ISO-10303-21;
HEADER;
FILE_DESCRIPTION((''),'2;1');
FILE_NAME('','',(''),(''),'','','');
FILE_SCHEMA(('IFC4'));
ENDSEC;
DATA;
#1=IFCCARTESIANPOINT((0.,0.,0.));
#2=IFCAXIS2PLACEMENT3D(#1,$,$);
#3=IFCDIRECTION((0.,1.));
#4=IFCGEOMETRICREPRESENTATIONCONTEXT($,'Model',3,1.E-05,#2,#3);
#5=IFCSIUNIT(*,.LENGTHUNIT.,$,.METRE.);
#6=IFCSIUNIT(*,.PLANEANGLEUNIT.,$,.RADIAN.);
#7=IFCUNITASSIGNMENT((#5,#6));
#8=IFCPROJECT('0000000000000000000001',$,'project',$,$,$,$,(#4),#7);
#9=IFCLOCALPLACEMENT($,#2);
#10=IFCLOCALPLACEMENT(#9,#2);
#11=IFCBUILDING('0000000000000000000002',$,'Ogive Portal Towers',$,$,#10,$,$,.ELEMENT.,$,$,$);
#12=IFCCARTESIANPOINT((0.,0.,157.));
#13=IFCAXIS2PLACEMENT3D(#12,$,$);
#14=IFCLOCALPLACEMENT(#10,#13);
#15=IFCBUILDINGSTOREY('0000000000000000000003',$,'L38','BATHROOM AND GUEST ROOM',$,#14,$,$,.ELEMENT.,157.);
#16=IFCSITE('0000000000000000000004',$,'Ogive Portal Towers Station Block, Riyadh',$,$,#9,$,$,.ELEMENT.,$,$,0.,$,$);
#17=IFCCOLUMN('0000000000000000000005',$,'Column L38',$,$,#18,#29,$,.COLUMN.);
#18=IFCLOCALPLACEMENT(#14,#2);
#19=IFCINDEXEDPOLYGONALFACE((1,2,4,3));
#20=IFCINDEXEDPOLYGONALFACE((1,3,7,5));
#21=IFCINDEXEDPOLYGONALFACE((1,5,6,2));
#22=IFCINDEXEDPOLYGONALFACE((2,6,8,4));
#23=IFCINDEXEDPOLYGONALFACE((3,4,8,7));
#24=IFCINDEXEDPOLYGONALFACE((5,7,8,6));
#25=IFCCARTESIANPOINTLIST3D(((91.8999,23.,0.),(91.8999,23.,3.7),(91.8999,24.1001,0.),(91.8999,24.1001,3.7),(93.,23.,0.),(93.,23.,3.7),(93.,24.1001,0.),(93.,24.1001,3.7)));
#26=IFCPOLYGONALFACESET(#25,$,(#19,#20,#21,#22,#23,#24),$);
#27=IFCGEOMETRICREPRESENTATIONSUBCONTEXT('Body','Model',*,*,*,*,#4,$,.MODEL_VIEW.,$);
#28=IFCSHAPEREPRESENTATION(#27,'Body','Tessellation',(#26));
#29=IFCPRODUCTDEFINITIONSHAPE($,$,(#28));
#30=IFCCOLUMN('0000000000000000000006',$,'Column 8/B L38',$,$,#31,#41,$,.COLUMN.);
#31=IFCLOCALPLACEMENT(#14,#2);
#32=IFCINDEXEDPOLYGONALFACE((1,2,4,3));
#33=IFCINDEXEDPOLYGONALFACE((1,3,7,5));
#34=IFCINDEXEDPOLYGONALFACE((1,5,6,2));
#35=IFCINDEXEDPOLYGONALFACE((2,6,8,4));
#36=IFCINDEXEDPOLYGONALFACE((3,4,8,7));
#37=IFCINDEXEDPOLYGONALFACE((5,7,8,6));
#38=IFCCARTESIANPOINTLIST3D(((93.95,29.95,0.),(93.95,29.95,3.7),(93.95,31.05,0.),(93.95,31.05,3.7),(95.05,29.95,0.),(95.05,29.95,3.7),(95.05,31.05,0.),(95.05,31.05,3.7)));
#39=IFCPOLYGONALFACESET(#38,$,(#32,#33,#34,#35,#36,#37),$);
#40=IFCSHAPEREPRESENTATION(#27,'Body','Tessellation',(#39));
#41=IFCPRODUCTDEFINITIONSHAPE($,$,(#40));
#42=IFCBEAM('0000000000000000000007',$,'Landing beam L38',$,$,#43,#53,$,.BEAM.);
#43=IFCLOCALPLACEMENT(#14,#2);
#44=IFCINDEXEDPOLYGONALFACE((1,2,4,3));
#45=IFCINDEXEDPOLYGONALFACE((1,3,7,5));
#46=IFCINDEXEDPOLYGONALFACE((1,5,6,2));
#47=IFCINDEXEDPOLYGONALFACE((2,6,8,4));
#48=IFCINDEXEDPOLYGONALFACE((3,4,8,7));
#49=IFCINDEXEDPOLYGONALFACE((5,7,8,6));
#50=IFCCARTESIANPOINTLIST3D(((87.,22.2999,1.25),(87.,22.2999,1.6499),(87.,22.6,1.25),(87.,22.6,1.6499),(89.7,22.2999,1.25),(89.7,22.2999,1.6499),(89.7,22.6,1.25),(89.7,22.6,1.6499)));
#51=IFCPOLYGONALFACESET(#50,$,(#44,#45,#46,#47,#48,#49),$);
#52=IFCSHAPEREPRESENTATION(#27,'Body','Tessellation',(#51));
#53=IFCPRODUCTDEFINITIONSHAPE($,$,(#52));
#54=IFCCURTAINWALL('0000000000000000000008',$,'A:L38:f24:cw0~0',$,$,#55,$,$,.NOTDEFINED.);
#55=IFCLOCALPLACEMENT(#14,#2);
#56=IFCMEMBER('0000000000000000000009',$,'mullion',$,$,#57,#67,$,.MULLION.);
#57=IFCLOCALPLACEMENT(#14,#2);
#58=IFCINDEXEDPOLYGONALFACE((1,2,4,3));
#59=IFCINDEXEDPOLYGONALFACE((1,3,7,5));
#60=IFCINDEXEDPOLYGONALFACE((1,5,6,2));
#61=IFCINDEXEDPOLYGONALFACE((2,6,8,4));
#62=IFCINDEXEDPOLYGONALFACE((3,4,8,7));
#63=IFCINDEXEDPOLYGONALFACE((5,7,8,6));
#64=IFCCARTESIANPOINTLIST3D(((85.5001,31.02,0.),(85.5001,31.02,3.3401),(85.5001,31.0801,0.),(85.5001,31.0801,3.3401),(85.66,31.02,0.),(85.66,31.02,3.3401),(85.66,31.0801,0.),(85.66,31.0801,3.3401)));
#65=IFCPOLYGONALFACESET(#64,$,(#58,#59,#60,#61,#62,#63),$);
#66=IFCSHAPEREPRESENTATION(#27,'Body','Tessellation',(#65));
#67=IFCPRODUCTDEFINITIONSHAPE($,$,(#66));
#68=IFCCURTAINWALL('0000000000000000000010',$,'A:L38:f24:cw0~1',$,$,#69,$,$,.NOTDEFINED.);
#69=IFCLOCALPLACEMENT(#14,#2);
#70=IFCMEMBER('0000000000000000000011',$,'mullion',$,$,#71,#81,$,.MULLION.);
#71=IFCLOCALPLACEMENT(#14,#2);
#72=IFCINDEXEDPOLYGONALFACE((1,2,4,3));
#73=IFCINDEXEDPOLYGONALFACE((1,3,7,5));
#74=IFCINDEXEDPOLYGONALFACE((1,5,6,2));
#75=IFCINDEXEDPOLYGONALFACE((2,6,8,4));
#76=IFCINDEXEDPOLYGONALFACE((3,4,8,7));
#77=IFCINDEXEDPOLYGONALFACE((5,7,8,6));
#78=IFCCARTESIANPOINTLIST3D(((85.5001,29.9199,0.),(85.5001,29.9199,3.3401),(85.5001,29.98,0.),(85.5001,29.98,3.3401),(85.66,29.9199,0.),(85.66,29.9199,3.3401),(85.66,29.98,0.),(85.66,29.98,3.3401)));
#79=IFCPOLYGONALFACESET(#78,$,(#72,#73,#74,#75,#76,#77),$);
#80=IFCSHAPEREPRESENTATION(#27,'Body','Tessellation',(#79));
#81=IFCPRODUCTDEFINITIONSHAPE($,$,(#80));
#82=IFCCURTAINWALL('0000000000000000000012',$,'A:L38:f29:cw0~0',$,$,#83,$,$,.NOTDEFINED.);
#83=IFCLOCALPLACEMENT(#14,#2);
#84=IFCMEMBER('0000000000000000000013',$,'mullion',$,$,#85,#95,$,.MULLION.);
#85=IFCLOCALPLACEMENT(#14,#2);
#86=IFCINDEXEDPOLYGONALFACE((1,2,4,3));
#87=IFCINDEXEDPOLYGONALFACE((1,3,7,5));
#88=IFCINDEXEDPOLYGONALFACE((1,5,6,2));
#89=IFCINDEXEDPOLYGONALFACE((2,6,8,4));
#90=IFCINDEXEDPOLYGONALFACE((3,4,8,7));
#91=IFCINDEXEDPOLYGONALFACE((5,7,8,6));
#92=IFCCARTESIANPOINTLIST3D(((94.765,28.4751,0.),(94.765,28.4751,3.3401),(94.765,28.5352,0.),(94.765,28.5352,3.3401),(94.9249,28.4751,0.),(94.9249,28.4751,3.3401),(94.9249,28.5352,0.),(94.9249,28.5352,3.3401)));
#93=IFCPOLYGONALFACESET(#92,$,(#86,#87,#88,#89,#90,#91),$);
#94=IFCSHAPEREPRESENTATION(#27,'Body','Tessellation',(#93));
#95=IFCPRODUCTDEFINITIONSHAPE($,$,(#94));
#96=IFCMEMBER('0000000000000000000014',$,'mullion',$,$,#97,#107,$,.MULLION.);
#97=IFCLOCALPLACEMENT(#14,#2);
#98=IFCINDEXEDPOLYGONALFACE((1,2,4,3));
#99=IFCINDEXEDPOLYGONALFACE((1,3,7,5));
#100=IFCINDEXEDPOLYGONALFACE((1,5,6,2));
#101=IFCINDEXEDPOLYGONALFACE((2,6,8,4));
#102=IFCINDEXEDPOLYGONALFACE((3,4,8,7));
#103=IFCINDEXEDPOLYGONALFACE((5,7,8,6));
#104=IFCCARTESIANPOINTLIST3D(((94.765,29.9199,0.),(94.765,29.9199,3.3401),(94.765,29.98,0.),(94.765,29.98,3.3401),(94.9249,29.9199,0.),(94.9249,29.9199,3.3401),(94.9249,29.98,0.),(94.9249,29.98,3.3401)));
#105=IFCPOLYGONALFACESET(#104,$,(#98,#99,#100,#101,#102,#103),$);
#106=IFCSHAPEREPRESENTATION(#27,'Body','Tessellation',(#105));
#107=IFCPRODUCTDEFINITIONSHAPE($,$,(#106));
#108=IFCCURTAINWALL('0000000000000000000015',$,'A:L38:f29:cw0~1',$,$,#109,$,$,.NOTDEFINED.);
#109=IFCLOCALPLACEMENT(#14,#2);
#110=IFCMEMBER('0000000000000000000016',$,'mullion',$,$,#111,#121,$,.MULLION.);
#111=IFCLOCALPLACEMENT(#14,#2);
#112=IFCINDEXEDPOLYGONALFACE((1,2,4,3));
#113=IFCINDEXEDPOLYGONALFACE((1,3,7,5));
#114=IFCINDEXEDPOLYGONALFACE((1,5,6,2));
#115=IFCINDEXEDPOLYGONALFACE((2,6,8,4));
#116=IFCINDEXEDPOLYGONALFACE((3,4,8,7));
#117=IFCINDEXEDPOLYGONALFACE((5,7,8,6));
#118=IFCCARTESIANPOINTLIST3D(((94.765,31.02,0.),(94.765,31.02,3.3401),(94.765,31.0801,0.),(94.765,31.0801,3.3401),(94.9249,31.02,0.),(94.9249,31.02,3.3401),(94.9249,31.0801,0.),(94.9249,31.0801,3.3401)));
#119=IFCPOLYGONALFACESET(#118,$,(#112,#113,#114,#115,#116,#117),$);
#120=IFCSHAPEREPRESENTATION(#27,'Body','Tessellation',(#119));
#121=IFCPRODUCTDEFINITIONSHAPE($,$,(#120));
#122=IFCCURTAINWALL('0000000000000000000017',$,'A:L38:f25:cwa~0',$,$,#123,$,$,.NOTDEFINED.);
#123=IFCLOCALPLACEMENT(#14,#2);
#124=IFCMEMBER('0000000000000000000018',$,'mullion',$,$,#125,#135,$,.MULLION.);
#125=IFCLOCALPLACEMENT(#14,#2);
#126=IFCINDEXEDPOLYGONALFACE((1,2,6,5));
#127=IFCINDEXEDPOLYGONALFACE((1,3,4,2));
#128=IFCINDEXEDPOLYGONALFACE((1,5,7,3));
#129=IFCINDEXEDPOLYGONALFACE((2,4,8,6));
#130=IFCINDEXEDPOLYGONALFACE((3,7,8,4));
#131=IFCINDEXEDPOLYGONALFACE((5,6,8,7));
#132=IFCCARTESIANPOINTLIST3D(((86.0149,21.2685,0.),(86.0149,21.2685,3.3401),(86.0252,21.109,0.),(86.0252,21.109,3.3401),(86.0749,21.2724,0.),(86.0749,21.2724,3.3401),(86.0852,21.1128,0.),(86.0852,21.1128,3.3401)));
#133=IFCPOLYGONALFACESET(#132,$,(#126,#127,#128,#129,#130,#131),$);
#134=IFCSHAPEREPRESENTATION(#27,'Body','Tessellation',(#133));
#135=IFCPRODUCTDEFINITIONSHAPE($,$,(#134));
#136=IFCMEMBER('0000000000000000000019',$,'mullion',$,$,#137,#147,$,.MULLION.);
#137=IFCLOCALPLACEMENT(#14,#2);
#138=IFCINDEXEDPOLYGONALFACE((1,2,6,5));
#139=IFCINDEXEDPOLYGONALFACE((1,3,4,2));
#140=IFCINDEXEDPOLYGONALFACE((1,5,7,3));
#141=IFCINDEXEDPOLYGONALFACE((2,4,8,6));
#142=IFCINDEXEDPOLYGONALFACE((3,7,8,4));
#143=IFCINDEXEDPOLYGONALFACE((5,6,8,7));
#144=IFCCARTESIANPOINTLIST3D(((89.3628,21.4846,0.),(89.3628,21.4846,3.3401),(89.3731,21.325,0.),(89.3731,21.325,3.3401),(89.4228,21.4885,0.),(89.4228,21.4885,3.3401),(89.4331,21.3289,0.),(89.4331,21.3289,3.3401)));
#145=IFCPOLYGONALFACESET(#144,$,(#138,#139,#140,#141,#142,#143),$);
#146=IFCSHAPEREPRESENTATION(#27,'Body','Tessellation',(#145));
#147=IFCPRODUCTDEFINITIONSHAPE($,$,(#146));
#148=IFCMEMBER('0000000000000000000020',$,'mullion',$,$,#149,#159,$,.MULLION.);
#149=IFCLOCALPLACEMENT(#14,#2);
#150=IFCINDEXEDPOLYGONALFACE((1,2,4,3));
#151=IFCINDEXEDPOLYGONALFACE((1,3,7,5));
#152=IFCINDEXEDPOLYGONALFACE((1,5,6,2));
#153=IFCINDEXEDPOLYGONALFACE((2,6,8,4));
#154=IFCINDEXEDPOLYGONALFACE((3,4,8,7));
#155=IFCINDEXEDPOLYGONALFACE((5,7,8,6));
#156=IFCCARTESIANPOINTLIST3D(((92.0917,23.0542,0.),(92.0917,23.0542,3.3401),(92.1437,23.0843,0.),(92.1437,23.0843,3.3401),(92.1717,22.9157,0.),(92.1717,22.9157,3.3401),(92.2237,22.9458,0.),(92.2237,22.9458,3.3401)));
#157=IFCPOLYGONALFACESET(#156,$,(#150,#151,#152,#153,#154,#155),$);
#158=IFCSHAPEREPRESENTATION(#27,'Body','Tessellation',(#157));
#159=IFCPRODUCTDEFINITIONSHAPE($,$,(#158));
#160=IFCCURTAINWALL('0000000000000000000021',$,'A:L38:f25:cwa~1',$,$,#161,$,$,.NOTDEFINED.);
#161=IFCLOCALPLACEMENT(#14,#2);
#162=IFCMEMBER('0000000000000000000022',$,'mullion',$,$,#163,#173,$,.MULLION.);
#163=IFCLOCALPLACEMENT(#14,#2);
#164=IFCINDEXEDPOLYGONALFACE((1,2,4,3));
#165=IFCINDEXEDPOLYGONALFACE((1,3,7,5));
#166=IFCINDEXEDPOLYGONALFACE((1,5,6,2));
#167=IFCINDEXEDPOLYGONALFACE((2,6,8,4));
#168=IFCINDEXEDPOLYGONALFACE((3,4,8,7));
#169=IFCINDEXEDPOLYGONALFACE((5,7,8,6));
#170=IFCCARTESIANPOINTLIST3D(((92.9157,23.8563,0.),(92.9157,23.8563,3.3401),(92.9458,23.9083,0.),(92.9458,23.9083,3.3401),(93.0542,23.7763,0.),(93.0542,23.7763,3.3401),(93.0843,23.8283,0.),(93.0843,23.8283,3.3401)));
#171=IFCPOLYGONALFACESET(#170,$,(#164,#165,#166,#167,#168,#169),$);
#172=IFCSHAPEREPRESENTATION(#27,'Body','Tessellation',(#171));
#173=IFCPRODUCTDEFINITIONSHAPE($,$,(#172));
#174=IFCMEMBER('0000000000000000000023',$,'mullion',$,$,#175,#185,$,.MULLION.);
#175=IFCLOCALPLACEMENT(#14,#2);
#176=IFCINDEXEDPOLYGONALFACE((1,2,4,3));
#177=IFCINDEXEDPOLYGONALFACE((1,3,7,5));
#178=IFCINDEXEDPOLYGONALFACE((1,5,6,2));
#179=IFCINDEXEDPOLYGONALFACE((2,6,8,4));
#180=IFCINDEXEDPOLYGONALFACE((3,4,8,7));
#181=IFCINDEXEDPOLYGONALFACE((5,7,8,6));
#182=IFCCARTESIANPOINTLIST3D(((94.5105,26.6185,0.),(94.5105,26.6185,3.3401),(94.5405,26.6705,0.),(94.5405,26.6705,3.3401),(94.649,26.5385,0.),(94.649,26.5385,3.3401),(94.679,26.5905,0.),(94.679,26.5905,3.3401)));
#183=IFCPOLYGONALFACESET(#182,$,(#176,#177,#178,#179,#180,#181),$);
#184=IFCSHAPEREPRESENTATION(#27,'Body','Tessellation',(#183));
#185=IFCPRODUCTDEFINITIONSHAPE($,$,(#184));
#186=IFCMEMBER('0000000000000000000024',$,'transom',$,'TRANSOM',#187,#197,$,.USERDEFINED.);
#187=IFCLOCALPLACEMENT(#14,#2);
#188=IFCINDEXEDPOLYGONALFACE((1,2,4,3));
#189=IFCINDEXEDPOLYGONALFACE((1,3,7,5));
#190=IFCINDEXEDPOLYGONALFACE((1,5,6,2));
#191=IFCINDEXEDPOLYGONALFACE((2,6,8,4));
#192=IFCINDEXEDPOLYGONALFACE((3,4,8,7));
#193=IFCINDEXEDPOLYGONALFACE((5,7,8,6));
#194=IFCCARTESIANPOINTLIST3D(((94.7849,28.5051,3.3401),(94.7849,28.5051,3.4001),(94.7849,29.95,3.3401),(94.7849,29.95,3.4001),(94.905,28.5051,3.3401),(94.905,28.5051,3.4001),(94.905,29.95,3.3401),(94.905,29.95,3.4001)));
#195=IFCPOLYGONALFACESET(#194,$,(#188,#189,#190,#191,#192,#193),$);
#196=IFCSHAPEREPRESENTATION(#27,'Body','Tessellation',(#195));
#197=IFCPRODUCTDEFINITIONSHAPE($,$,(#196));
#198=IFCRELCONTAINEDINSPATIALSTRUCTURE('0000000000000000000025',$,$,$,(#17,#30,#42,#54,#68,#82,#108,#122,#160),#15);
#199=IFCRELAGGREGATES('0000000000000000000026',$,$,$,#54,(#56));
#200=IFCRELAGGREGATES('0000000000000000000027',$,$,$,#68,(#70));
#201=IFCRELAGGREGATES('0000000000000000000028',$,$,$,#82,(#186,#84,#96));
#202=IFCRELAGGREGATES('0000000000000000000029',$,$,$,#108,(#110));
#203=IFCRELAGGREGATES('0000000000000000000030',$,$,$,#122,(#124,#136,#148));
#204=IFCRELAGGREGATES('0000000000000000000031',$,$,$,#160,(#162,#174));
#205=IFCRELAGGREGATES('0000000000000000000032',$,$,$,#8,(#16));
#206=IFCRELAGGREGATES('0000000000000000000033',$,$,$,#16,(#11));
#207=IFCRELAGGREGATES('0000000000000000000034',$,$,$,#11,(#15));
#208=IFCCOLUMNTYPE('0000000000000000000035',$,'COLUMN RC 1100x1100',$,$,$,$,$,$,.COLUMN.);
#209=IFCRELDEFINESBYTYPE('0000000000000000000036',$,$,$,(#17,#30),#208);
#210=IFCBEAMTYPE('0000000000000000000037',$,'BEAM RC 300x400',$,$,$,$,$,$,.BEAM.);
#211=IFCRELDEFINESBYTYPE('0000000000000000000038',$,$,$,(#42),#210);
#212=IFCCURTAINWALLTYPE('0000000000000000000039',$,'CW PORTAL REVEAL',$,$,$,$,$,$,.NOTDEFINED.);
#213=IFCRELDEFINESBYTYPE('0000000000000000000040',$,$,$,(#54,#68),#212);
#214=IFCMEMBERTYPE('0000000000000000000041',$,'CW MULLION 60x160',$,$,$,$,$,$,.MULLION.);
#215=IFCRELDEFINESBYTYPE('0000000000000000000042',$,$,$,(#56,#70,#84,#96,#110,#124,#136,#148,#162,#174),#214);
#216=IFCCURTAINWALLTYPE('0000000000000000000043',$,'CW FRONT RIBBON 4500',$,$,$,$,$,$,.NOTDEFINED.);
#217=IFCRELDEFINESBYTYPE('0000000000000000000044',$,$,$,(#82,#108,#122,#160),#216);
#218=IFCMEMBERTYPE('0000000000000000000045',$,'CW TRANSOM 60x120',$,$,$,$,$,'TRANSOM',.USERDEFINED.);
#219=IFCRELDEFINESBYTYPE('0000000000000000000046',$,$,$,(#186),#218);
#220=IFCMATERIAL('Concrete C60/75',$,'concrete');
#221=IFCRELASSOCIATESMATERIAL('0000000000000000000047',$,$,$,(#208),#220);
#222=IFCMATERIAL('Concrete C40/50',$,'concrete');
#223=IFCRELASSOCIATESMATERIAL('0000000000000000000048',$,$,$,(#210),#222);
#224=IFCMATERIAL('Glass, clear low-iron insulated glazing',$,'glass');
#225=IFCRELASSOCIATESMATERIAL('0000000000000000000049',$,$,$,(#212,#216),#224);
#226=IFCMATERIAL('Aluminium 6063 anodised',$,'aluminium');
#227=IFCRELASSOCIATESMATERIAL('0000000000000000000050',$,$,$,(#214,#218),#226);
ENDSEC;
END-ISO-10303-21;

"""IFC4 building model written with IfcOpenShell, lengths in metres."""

from ifc_helpers import new_model, si_unit, direction, frame, origin, origin_2d, place, context, subcontext, project, spatial, rectangle, extrude, material, material_profile, profile_set, type_object, element, aggregate, save


model = new_model("IFC4")

# Units and contexts
model_context = context("Model", 3, precision=1e-05, world=origin(), true_north=direction((0.0, 1.0)))
body_context = subcontext(model_context, "Body", "Model", "MODEL_VIEW")
ifc_project = project(units=[si_unit("LENGTHUNIT", "METRE"), si_unit("PLANEANGLEUNIT", "RADIAN")], contexts=[model_context])

# Site, building, storey
site_placement = place(None, origin())
site = spatial("IfcSite", under=ifc_project, at=site_placement, Name="Ogive Portal Towers Station Block, Riyadh", CompositionType="ELEMENT", RefElevation=0.0)
building_placement = place(site_placement, origin())
building = spatial("IfcBuilding", under=site, at=building_placement, Name="Ogive Portal Towers", CompositionType="ELEMENT")
storey_placement = place(building_placement, frame((0.0, 0.0, 157.0)))
storey = spatial("IfcBuildingStorey", under=building, at=storey_placement, Name="L38", Description="BATHROOM AND GUEST ROOM", CompositionType="ELEMENT", Elevation=157.0)

# Columns
ifc_material_1 = material(Name="Concrete C60/75", Category="concrete")
ifc_material_profile_1 = material_profile(ifc_material_1, rectangle(XDim=1.1001, YDim=1.1001, at=origin_2d()), Name="RC 1100x1100")
ifc_profile_set_1 = profile_set([ifc_material_profile_1], Name="Concrete C60/75")
column_type = type_object("IfcColumnType", Name="COLUMN RC 1100x1100", PredefinedType="COLUMN", material=ifc_profile_set_1)
for number, where, z_axis, x_axis, name in (
    (1, (92.45, 23.55, 0.0), (0.0, 0.0, 1.0), (1.0, 0.0, 0.0), "Column L38"),
    (2, (94.5, 30.5, 0.0), (0.0, 0.0, 1.0), (1.0, 0.0, 0.0), "Column 8/B L38"),
):
    element("IfcColumn", number, at=place(storey_placement, frame(where, z_axis=z_axis, x_axis=x_axis)), inside=storey, type_object=column_type, Name=name, PredefinedType="COLUMN", context=body_context, shape_type="SweptSolid", body=[
        extrude(rectangle(XDim=1.1001, YDim=1.1001, at=origin_2d()), origin(), (0.0, 0.0, 1.0), 3.7),
    ])

# Beam
ifc_material_2 = material(Name="Concrete C40/50", Category="concrete")
ifc_material_profile_2 = material_profile(ifc_material_2, rectangle(XDim=0.3, YDim=0.3999, at=origin_2d()), Name="RC 300x400")
ifc_profile_set_2 = profile_set([ifc_material_profile_2], Name="Concrete C40/50")
beam_type = type_object("IfcBeamType", Name="BEAM RC 300x400", PredefinedType="BEAM", material=ifc_profile_set_2)
beam_placement = place(storey_placement, frame((87.0, 22.45, 1.45), z_axis=(1.0, 0.0, 0.0), x_axis=(0.0, 1.0, 0.0)))
element("IfcBeam", 3, at=beam_placement, inside=storey, type_object=beam_type, Name="Landing beam L38", PredefinedType="BEAM", context=body_context, shape_type="SweptSolid", body=[
    extrude(rectangle(XDim=0.3, YDim=0.3999, at=origin_2d()), origin(), (0.0, 0.0, 1.0), 2.7),
])

# Curtain walls, members
ifc_material_3 = material(Name="Glass, clear low-iron insulated glazing", Category="glass")
curtain_wall_type_1 = type_object("IfcCurtainWallType", Name="CW PORTAL REVEAL", PredefinedType="NOTDEFINED", material=ifc_material_3)
curtain_wall_1_placement = place(storey_placement, origin())
curtain_wall_1 = element("IfcCurtainWall", 4, at=curtain_wall_1_placement, inside=storey, type_object=curtain_wall_type_1, Name="A:L38:f24:cw0~0", PredefinedType="NOTDEFINED")
ifc_material_4 = material(Name="Aluminium 6063 anodised", Category="aluminium")
ifc_material_profile_3 = material_profile(ifc_material_4, rectangle(XDim=0.1599, YDim=0.0601, at=origin_2d()), Name="AL 60x160")
ifc_profile_set_3 = profile_set([ifc_material_profile_3], Name="Aluminium 6063 anodised")
member_type_1 = type_object("IfcMemberType", Name="CW MULLION 60x160", PredefinedType="MULLION", material=ifc_profile_set_3)
member_1_placement = place(storey_placement, frame((85.5801, 31.05, 0.0), z_axis=(0.0, 0.0, 1.0), x_axis=(1.0, 0.0, 0.0)))
member_1 = element("IfcMember", 5, at=member_1_placement, type_object=member_type_1, Name="mullion", PredefinedType="MULLION", context=body_context, shape_type="SweptSolid", body=[
    extrude(rectangle(XDim=0.1599, YDim=0.0601, at=origin_2d()), origin(), (0.0, 0.0, 1.0), 3.3401),
])
aggregate(curtain_wall_1, [member_1])
curtain_wall_2_placement = place(storey_placement, origin())
curtain_wall_2 = element("IfcCurtainWall", 6, at=curtain_wall_2_placement, inside=storey, type_object=curtain_wall_type_1, Name="A:L38:f24:cw0~1", PredefinedType="NOTDEFINED")
member_2_placement = place(storey_placement, frame((85.5801, 29.95, 0.0), z_axis=(0.0, 0.0, 1.0), x_axis=(1.0, 0.0, 0.0)))
member_2 = element("IfcMember", 7, at=member_2_placement, type_object=member_type_1, Name="mullion", PredefinedType="MULLION", context=body_context, shape_type="SweptSolid", body=[
    extrude(rectangle(XDim=0.1599, YDim=0.0601, at=origin_2d()), origin(), (0.0, 0.0, 1.0), 3.3401),
])
aggregate(curtain_wall_2, [member_2])

# Curtain wall, members
curtain_wall_type_2 = type_object("IfcCurtainWallType", Name="CW FRONT RIBBON 4500", PredefinedType="NOTDEFINED", material=ifc_material_3)
curtain_wall_3_placement = place(storey_placement, origin())
curtain_wall_3 = element("IfcCurtainWall", 8, at=curtain_wall_3_placement, inside=storey, type_object=curtain_wall_type_2, Name="A:L38:f29:cw0~0", PredefinedType="NOTDEFINED")
member_3_placement = place(storey_placement, frame((94.845, 28.5051, 0.0), z_axis=(0.0, 0.0, 1.0), x_axis=(-1.0, 0.0, 0.0)))
member_3 = element("IfcMember", 9, at=member_3_placement, type_object=member_type_1, Name="mullion", PredefinedType="MULLION", context=body_context, shape_type="SweptSolid", body=[
    extrude(rectangle(XDim=0.1599, YDim=0.0601, at=origin_2d()), origin(), (0.0, 0.0, 1.0), 3.3401),
])
member_4_placement = place(storey_placement, frame((94.845, 29.95, 0.0), z_axis=(0.0, 0.0, 1.0), x_axis=(-1.0, 0.0, 0.0)))
member_4 = element("IfcMember", 10, at=member_4_placement, type_object=member_type_1, Name="mullion", PredefinedType="MULLION", context=body_context, shape_type="SweptSolid", body=[
    extrude(rectangle(XDim=0.1599, YDim=0.0601, at=origin_2d()), origin(), (0.0, 0.0, 1.0), 3.3401),
])

# Curtain wall, member
curtain_wall_4_placement = place(storey_placement, origin())
curtain_wall_4 = element("IfcCurtainWall", 11, at=curtain_wall_4_placement, inside=storey, type_object=curtain_wall_type_2, Name="A:L38:f29:cw0~1", PredefinedType="NOTDEFINED")
member_5_placement = place(storey_placement, frame((94.845, 31.05, 0.0), z_axis=(0.0, 0.0, 1.0), x_axis=(-1.0, 0.0, 0.0)))
member_5 = element("IfcMember", 12, at=member_5_placement, type_object=member_type_1, Name="mullion", PredefinedType="MULLION", context=body_context, shape_type="SweptSolid", body=[
    extrude(rectangle(XDim=0.1599, YDim=0.0601, at=origin_2d()), origin(), (0.0, 0.0, 1.0), 3.3401),
])

# Curtain walls, members
curtain_wall_5_placement = place(storey_placement, origin())
curtain_wall_5 = element("IfcCurtainWall", 13, at=curtain_wall_5_placement, inside=storey, type_object=curtain_wall_type_2, Name="A:L38:f25:cwa~0", PredefinedType="NOTDEFINED")
member_6_placement = place(storey_placement, frame((86.05, 21.1907, 0.0), z_axis=(0.0, 0.0, 1.0), x_axis=(-0.064379, 0.997926, 0.0)))
member_6 = element("IfcMember", 14, at=member_6_placement, type_object=member_type_1, Name="mullion", PredefinedType="MULLION", context=body_context, shape_type="SweptSolid", body=[
    extrude(rectangle(XDim=0.1599, YDim=0.0601, at=origin_2d()), origin(), (0.0, 0.0, 1.0), 3.3401),
])
member_7_placement = place(storey_placement, frame((89.3979, 21.4067, 0.0), z_axis=(0.0, 0.0, 1.0), x_axis=(-0.064379, 0.997926, 0.0)))
member_7 = element("IfcMember", 15, at=member_7_placement, type_object=member_type_1, Name="mullion", PredefinedType="MULLION", context=body_context, shape_type="SweptSolid", body=[
    extrude(rectangle(XDim=0.1599, YDim=0.0601, at=origin_2d()), origin(), (0.0, 0.0, 1.0), 3.3401),
])
member_8_placement = place(storey_placement, frame((92.1577, 23.0, 0.0), z_axis=(0.0, 0.0, 1.0), x_axis=(-0.5, 0.866025, 0.0)))
member_8 = element("IfcMember", 16, at=member_8_placement, type_object=member_type_1, Name="mullion", PredefinedType="MULLION", context=body_context, shape_type="SweptSolid", body=[
    extrude(rectangle(XDim=0.1599, YDim=0.0601, at=origin_2d()), origin(), (0.0, 0.0, 1.0), 3.3401),
])
curtain_wall_6_placement = place(storey_placement, origin())
curtain_wall_6 = element("IfcCurtainWall", 17, at=curtain_wall_6_placement, inside=storey, type_object=curtain_wall_type_2, Name="A:L38:f25:cwa~1", PredefinedType="NOTDEFINED")
member_9_placement = place(storey_placement, frame((93.0, 23.8423, 0.0), z_axis=(0.0, 0.0, 1.0), x_axis=(-0.866025, 0.5, 0.0)))
member_9 = element("IfcMember", 18, at=member_9_placement, type_object=member_type_1, Name="mullion", PredefinedType="MULLION", context=body_context, shape_type="SweptSolid", body=[
    extrude(rectangle(XDim=0.1599, YDim=0.0601, at=origin_2d()), origin(), (0.0, 0.0, 1.0), 3.3401),
])
member_10_placement = place(storey_placement, frame((94.5947, 26.6045, 0.0), z_axis=(0.0, 0.0, 1.0), x_axis=(-0.866025, 0.5, 0.0)))
member_10 = element("IfcMember", 19, at=member_10_placement, type_object=member_type_1, Name="mullion", PredefinedType="MULLION", context=body_context, shape_type="SweptSolid", body=[
    extrude(rectangle(XDim=0.1599, YDim=0.0601, at=origin_2d()), origin(), (0.0, 0.0, 1.0), 3.3401),
])

# Member
ifc_material_profile_4 = material_profile(ifc_material_4, rectangle(XDim=0.1201, YDim=0.0601, at=origin_2d()), Name="AL 120x60")
ifc_profile_set_4 = profile_set([ifc_material_profile_4], Name="Aluminium 6063 anodised")
member_type_2 = type_object("IfcMemberType", Name="CW TRANSOM 60x120", ElementType="TRANSOM", PredefinedType="USERDEFINED", material=ifc_profile_set_4)
member_11_placement = place(storey_placement, frame((94.845, 28.5051, 3.3701), z_axis=(0.0, 1.0, 0.0), x_axis=(-1.0, 0.0, 0.0)))
member_11 = element("IfcMember", 20, at=member_11_placement, type_object=member_type_2, Name="transom", ObjectType="TRANSOM", PredefinedType="USERDEFINED", context=body_context, shape_type="SweptSolid", body=[
    extrude(rectangle(XDim=0.1201, YDim=0.0601, at=origin_2d()), origin(), (0.0, 0.0, 1.0), 1.4448),
])

aggregate(curtain_wall_3, [member_11, member_3, member_4])
aggregate(curtain_wall_4, [member_5])
aggregate(curtain_wall_5, [member_6, member_7, member_8])
aggregate(curtain_wall_6, [member_9, member_10])

save(model, "model.ifc")
